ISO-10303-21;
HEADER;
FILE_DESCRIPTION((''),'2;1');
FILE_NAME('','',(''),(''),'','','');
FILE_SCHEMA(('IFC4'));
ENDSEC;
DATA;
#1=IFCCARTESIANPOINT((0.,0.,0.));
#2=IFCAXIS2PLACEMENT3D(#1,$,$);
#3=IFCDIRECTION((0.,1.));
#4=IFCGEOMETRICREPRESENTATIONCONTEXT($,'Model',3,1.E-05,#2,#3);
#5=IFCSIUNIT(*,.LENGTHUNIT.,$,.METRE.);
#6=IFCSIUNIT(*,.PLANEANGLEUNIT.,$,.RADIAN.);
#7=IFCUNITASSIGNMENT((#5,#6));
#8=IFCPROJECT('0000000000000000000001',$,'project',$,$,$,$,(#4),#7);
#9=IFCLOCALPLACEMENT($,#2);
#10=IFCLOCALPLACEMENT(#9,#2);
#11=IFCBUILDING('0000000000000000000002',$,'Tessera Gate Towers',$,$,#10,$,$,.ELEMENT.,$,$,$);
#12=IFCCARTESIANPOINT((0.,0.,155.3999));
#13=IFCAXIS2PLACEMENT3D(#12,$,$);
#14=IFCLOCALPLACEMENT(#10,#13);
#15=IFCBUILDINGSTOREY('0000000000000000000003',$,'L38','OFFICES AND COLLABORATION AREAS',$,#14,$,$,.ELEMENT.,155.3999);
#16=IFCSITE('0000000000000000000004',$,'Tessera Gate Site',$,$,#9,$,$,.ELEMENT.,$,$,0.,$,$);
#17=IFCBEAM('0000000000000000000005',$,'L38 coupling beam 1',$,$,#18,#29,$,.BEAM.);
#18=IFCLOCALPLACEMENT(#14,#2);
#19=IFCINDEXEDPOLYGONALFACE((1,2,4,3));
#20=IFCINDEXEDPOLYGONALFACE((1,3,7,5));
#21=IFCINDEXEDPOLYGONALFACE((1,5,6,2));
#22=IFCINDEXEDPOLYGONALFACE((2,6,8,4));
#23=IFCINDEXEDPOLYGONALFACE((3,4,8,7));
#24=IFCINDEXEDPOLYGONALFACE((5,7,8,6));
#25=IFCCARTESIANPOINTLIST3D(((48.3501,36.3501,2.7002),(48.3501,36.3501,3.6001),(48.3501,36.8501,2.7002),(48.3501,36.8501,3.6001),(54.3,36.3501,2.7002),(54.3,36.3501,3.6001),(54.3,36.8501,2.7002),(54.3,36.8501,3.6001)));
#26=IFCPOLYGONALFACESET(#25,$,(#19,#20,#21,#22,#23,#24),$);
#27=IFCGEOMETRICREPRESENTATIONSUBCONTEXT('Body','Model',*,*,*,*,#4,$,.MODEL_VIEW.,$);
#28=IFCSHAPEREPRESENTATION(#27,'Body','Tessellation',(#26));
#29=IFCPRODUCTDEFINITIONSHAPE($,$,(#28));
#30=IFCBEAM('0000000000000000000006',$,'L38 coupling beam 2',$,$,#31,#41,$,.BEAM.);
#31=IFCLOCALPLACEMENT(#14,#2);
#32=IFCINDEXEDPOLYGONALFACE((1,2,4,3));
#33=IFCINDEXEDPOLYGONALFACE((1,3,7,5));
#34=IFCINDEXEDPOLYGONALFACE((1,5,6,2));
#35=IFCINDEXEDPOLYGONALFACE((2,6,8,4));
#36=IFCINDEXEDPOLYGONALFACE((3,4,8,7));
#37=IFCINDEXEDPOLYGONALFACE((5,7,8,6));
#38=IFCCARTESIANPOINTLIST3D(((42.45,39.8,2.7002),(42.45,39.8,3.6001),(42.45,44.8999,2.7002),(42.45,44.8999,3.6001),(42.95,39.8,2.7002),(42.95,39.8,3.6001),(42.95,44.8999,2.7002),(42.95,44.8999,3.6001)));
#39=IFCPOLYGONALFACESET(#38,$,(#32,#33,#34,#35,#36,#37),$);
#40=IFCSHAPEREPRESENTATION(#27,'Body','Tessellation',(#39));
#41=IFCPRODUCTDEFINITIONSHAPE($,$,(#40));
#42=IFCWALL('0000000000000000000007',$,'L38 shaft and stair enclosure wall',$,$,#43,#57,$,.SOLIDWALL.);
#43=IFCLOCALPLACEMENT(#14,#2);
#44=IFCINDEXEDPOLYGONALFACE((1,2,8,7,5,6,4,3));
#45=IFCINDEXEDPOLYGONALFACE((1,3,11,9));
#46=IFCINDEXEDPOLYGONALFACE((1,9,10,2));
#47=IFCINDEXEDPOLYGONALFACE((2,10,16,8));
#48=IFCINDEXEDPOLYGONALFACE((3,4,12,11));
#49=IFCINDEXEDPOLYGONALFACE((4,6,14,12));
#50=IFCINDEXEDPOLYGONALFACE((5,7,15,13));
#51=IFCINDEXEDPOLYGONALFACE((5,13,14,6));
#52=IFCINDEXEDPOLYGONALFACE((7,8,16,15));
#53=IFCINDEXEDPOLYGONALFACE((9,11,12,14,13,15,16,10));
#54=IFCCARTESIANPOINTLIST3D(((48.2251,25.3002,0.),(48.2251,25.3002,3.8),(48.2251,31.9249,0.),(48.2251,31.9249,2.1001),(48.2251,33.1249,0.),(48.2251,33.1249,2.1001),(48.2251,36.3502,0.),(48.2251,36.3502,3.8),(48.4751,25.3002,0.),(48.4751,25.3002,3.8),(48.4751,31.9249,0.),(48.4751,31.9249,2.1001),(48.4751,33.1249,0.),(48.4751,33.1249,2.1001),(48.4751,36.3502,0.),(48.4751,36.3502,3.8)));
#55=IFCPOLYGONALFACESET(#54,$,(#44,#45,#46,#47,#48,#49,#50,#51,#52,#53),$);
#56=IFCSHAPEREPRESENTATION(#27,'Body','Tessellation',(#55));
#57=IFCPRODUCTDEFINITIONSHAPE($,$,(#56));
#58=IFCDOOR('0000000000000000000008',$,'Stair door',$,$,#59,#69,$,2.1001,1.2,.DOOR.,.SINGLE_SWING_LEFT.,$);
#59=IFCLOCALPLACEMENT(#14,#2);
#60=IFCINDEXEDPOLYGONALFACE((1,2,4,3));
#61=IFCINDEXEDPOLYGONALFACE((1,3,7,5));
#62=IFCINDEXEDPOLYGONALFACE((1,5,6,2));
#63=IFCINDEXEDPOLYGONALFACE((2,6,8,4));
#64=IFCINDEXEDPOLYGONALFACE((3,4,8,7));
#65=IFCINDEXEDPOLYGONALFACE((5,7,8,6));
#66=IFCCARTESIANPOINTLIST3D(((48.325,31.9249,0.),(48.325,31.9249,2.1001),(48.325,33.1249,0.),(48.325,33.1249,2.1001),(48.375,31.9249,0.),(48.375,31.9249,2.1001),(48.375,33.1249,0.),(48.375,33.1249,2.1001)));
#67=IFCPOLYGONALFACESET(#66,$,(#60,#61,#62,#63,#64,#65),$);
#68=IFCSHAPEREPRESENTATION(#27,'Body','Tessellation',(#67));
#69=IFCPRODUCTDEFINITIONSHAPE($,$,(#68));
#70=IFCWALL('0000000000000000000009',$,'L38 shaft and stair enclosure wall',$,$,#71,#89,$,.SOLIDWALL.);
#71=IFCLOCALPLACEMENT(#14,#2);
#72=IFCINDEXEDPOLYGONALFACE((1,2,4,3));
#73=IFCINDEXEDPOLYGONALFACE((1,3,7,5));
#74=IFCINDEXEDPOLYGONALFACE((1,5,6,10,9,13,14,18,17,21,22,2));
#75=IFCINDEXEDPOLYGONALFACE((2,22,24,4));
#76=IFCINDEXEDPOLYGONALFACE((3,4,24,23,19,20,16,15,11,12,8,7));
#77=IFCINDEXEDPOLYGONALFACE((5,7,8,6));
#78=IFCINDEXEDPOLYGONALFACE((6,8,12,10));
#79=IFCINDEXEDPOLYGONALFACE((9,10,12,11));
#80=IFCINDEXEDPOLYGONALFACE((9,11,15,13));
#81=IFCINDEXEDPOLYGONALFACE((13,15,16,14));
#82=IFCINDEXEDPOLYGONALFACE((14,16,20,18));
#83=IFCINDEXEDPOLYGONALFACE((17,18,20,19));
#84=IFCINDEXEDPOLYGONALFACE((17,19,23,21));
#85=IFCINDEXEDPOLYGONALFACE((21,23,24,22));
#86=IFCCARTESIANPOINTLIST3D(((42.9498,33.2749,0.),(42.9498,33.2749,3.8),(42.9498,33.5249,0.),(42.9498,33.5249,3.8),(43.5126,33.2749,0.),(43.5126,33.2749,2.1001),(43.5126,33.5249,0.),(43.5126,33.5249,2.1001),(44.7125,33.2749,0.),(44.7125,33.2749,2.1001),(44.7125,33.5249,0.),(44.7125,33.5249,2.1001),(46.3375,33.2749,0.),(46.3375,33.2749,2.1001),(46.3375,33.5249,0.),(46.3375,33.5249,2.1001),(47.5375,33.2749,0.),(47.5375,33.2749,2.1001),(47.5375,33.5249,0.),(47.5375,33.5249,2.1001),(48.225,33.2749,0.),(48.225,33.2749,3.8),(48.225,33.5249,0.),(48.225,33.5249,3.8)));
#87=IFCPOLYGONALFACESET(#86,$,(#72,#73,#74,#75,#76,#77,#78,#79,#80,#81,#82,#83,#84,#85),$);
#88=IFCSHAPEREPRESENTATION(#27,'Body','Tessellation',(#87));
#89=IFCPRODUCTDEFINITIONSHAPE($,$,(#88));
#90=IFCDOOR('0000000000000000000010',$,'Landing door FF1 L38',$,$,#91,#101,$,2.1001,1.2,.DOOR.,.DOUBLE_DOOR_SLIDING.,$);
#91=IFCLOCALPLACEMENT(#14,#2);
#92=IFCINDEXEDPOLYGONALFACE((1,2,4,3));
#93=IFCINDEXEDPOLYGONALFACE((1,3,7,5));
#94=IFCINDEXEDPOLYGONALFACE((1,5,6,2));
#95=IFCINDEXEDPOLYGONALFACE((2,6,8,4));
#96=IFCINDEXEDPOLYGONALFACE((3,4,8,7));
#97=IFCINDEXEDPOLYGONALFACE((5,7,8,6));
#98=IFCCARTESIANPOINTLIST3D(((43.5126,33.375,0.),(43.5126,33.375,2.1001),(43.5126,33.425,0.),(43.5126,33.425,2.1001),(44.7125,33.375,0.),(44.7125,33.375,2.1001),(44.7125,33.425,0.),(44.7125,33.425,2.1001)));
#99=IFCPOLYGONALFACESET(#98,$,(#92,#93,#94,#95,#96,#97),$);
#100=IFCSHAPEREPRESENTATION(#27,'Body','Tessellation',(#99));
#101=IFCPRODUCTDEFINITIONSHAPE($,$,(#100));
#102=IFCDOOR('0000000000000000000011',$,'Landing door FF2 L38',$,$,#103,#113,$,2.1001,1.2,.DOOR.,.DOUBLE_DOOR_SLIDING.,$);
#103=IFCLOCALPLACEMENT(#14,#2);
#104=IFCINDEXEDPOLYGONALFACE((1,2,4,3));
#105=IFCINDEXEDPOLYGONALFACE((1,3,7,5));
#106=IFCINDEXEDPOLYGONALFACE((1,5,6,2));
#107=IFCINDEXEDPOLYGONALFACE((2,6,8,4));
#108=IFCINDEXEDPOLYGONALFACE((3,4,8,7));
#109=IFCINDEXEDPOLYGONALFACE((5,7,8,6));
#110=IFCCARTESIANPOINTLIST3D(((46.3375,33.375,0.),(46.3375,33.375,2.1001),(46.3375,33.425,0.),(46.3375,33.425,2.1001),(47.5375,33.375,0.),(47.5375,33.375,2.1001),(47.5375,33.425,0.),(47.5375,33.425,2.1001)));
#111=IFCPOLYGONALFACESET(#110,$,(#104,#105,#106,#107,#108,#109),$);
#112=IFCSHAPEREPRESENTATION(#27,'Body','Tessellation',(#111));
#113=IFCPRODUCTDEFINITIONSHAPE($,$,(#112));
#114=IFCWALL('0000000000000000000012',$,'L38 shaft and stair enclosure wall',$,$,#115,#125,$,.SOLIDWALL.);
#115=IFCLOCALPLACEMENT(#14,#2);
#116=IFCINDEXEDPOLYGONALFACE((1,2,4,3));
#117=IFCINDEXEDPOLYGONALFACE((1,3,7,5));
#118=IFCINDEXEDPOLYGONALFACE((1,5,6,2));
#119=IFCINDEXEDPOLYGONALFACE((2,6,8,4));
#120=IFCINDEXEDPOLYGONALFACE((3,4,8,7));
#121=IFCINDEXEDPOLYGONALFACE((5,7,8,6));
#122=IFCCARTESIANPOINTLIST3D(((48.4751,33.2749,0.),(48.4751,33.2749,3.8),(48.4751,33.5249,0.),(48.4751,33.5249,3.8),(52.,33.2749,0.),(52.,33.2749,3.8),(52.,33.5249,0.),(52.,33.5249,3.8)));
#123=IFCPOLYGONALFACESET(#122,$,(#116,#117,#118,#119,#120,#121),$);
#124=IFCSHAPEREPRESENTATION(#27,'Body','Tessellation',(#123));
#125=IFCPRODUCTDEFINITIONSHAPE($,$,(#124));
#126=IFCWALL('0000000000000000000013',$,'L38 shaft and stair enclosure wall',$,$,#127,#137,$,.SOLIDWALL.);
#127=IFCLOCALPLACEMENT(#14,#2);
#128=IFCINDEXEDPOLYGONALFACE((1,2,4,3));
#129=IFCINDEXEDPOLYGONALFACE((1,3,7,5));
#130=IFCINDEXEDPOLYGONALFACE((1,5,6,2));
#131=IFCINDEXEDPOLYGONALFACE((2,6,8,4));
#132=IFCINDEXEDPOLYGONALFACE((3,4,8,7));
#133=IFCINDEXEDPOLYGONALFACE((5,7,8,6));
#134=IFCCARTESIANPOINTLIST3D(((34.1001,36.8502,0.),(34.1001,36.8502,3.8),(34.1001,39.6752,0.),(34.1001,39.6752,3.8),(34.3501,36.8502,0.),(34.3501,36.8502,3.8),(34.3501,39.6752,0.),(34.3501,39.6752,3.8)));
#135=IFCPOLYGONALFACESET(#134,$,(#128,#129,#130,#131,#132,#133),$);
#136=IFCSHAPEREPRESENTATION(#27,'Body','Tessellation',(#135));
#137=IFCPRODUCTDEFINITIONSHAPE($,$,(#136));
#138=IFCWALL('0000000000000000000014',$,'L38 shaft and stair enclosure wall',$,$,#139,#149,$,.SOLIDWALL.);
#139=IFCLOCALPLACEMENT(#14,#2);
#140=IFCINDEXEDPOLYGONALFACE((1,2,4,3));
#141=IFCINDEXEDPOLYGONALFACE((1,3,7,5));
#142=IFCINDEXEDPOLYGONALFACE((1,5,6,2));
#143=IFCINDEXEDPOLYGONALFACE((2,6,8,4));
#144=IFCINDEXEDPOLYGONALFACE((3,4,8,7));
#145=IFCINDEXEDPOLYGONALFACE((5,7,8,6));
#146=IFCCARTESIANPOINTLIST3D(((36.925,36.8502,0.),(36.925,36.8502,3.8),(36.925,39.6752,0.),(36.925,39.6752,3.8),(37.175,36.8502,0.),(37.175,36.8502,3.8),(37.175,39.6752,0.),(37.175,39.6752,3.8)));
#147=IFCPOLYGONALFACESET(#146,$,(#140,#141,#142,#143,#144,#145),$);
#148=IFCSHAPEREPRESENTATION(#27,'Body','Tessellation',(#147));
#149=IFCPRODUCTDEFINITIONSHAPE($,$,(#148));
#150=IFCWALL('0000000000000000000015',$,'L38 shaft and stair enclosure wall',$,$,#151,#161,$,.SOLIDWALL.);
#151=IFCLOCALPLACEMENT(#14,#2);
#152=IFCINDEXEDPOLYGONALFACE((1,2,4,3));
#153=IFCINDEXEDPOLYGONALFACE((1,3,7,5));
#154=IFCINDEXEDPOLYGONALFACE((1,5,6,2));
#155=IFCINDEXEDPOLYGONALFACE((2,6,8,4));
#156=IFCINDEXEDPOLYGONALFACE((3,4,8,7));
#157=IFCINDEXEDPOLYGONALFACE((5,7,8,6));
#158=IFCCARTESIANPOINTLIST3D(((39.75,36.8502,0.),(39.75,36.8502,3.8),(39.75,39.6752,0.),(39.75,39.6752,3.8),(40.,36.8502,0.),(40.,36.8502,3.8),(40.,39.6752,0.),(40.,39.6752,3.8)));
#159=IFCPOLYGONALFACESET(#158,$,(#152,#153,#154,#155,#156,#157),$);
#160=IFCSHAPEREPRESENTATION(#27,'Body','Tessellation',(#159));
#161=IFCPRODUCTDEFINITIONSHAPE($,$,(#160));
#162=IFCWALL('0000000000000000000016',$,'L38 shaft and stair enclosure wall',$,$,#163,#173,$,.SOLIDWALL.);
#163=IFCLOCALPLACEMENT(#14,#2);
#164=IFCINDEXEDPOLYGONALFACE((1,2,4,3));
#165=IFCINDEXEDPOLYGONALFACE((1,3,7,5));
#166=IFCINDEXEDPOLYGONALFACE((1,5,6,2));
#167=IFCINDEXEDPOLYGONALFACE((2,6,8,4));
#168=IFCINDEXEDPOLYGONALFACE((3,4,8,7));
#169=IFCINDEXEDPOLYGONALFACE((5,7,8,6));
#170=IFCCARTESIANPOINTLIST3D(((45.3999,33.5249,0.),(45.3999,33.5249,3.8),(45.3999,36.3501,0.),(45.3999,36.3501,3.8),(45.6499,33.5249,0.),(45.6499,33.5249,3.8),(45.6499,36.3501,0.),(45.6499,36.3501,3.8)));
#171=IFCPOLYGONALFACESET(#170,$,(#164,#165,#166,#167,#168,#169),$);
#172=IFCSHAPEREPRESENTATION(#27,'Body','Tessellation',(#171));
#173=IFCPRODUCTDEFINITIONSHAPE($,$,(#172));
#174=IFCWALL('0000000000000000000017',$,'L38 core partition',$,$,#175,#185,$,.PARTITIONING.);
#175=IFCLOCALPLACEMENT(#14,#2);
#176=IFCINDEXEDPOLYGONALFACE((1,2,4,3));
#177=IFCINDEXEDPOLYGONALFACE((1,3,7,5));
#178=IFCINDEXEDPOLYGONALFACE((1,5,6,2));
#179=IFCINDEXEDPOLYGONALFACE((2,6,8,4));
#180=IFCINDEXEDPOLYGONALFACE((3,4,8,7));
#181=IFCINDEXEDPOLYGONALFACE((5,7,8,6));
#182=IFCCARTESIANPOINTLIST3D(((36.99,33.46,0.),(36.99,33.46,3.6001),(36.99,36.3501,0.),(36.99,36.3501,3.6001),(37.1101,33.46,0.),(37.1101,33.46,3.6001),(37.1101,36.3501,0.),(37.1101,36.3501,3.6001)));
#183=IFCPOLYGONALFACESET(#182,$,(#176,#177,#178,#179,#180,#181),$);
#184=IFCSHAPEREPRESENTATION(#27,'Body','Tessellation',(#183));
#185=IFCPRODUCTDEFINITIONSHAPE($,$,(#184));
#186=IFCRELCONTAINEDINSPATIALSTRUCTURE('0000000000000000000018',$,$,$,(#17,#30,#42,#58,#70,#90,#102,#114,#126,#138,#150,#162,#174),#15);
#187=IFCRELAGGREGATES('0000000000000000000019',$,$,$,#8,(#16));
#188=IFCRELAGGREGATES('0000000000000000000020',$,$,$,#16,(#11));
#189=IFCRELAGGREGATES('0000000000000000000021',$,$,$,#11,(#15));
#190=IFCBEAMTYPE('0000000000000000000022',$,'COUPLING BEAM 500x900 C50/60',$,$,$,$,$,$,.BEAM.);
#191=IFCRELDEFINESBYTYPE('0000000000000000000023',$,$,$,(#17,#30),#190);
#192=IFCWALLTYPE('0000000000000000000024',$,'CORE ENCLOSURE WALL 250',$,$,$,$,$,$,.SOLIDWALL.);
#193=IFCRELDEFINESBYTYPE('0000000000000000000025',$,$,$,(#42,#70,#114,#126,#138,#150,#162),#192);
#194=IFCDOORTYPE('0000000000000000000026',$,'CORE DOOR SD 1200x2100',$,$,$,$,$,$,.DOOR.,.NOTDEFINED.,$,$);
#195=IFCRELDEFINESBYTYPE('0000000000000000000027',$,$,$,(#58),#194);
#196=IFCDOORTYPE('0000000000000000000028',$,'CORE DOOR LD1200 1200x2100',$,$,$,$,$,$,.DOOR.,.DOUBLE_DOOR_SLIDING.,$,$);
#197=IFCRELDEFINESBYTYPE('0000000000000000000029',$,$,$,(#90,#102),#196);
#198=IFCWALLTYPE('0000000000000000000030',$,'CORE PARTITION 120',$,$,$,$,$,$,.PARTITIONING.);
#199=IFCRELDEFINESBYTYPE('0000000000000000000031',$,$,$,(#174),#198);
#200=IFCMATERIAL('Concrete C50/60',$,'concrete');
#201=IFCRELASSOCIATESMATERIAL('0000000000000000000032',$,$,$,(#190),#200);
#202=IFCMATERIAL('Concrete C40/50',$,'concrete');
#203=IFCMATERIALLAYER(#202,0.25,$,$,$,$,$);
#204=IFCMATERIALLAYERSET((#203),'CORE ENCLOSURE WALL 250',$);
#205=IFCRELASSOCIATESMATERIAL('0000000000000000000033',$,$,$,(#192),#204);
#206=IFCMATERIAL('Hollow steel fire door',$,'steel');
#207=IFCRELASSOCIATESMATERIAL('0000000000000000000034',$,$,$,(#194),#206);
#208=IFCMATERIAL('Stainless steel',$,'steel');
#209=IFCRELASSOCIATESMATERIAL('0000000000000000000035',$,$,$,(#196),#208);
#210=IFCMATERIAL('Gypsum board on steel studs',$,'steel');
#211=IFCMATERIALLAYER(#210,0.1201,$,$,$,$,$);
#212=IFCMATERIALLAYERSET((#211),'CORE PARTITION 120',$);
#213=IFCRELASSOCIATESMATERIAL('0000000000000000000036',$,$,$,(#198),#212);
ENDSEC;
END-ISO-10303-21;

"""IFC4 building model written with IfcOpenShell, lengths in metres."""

from ifc_helpers import new_model, si_unit, direction, frame, frame_2d, origin, origin_2d, place, context, subcontext, project, spatial, rectangle, extrude, source, transform, mapped, material, layer, layer_set, material_profile, profile_set, type_object, element, fill, save


model = new_model("IFC4")

# Units and contexts
model_context = context("Model", 3, precision=1e-05, world=origin(), true_north=direction((0.0, 1.0)))
body_context = subcontext(model_context, "Body", "Model", "MODEL_VIEW")
ifc_project = project(units=[si_unit("LENGTHUNIT", "METRE"), si_unit("PLANEANGLEUNIT", "RADIAN")], contexts=[model_context])

# Site, building, storey
site_placement = place(None, origin())
site = spatial("IfcSite", under=ifc_project, at=site_placement, Name="Tessera Gate Site", CompositionType="ELEMENT", RefElevation=0.0)
building_placement = place(site_placement, origin())
building = spatial("IfcBuilding", under=site, at=building_placement, Name="Tessera Gate Towers", CompositionType="ELEMENT")
storey_placement = place(building_placement, frame((0.0, 0.0, 155.3999)))
storey = spatial("IfcBuildingStorey", under=building, at=storey_placement, Name="L38", Description="OFFICES AND COLLABORATION AREAS", CompositionType="ELEMENT", Elevation=155.3999)

# Beams
ifc_material_1 = material(Name="Concrete C50/60", Category="concrete")
ifc_material_profile = material_profile(ifc_material_1, rectangle(XDim=0.5, YDim=0.8999, at=origin_2d()), Name="RC 500x900")
ifc_profile_set = profile_set([ifc_material_profile], Name="Concrete C50/60")
beam_type = type_object("IfcBeamType", Name="COUPLING BEAM 500x900 C50/60", PredefinedType="BEAM", material=ifc_profile_set)
beam_1_placement = place(storey_placement, frame((48.3501, 36.6001, 3.1501), z_axis=(1.0, 0.0, 0.0), x_axis=(0.0, 1.0, 0.0)))
element("IfcBeam", 1, at=beam_1_placement, inside=storey, type_object=beam_type, Name="L38 coupling beam 1", PredefinedType="BEAM", context=body_context, shape_type="SweptSolid", body=[
    extrude(rectangle(XDim=0.5, YDim=0.8999, at=origin_2d()), origin(), (0.0, 0.0, 1.0), 5.95),
])
beam_2_placement = place(storey_placement, frame((42.7, 39.8, 3.1501), z_axis=(0.0, 1.0, 0.0), x_axis=(-1.0, 0.0, 0.0)))
element("IfcBeam", 2, at=beam_2_placement, inside=storey, type_object=beam_type, Name="L38 coupling beam 2", PredefinedType="BEAM", context=body_context, shape_type="SweptSolid", body=[
    extrude(rectangle(XDim=0.5, YDim=0.8999, at=origin_2d()), origin(), (0.0, 0.0, 1.0), 5.0999),
])

# Wall, opening, door
ifc_material_2 = material(Name="Concrete C40/50", Category="concrete")
ifc_layer_1 = layer(ifc_material_2, 0.25)
ifc_layer_set_1 = layer_set([ifc_layer_1], Name="CORE ENCLOSURE WALL 250")
wall_type_1 = type_object("IfcWallType", Name="CORE ENCLOSURE WALL 250", PredefinedType="SOLIDWALL", material=ifc_layer_set_1)
wall_1_placement = place(storey_placement, frame((48.3501, 36.3501, 0.0), z_axis=(0.0, 0.0, 1.0), x_axis=(0.0, -1.0, 0.0)))
wall_1 = element("IfcWall", 3, at=wall_1_placement, inside=storey, type_object=wall_type_1, Name="L38 shaft and stair enclosure wall", PredefinedType="SOLIDWALL", context=body_context, shape_type="SweptSolid", body=[
    extrude(rectangle(XDim=11.05, YDim=0.25, at=frame_2d((5.5249, 0.0))), origin(), (0.0, 0.0, 1.0), 3.8),
])
shared_shape_1 = source(origin(), body_context, "Body", "SweptSolid", [
    extrude(rectangle(XDim=1.2, YDim=2.1001, at=frame_2d((0.6001, 1.05))), frame((0.0, 0.135, 0.0), z_axis=(0.0, -1.0, 0.0), x_axis=(1.0, 0.0, 0.0)), (0.0, 0.0, 1.0), 0.27),
])
opening_1_placement = place(wall_1_placement, frame((3.2251, 0.0, 0.0)))
opening_1 = element("IfcOpeningElement", 4, at=opening_1_placement, cuts=wall_1, PredefinedType="OPENING", context=body_context, shape_type="MappedRepresentation", body=[
    mapped(shared_shape_1, transform((0.0, 0.0, 0.0), scale=1.0)),
])
ifc_material_3 = material(Name="Hollow steel fire door", Category="steel")
door_type_1 = type_object("IfcDoorType", Name="CORE DOOR SD 1200x2100", OperationType="NOTDEFINED", PredefinedType="DOOR", material=ifc_material_3)
shared_shape_2 = source(origin(), body_context, "Body", "SweptSolid", [
    extrude(rectangle(XDim=1.2, YDim=2.1001, at=frame_2d((0.6001, 1.05))), frame((0.0, 0.0249, 0.0), z_axis=(0.0, -1.0, 0.0), x_axis=(1.0, 0.0, 0.0)), (0.0, 0.0, 1.0), 0.05),
])
door_1_placement = place(opening_1_placement, origin())
door_1 = element("IfcDoor", 5, at=door_1_placement, inside=storey, type_object=door_type_1, Name="Stair door", OperationType="SINGLE_SWING_LEFT", OverallHeight=2.1001, OverallWidth=1.2, PredefinedType="DOOR", context=body_context, shape_type="MappedRepresentation", body=[
    mapped(shared_shape_2, transform((0.0, 0.0, 0.0), scale=1.0)),
])
fill(opening_1, door_1)

# Wall, openings, doors
wall_2_placement = place(storey_placement, frame((48.2251, 33.3999, 0.0), z_axis=(0.0, 0.0, 1.0), x_axis=(-1.0, 0.0, 0.0)))
wall_2 = element("IfcWall", 6, at=wall_2_placement, inside=storey, type_object=wall_type_1, Name="L38 shaft and stair enclosure wall", PredefinedType="SOLIDWALL", context=body_context, shape_type="SweptSolid", body=[
    extrude(rectangle(XDim=5.2751, YDim=0.25, at=frame_2d((2.6377, 0.0))), origin(), (0.0, 0.0, 1.0), 3.8),
])
opening_2_placement = place(wall_2_placement, frame((3.5125, 0.0, 0.0)))
opening_2 = element("IfcOpeningElement", 7, at=opening_2_placement, cuts=wall_2, PredefinedType="OPENING", context=body_context, shape_type="MappedRepresentation", body=[
    mapped(shared_shape_1, transform((0.0, 0.0, 0.0), scale=1.0)),
])
opening_3_placement = place(wall_2_placement, frame((0.6875, 0.0, 0.0)))
opening_3 = element("IfcOpeningElement", 8, at=opening_3_placement, cuts=wall_2, PredefinedType="OPENING", context=body_context, shape_type="MappedRepresentation", body=[
    mapped(shared_shape_1, transform((0.0, 0.0, 0.0), scale=1.0)),
])
ifc_material_4 = material(Name="Stainless steel", Category="steel")
door_type_2 = type_object("IfcDoorType", Name="CORE DOOR LD1200 1200x2100", OperationType="DOUBLE_DOOR_SLIDING", PredefinedType="DOOR", material=ifc_material_4)
door_2_placement = place(opening_2_placement, origin())
door_2 = element("IfcDoor", 9, at=door_2_placement, inside=storey, type_object=door_type_2, Name="Landing door FF1 L38", OperationType="DOUBLE_DOOR_SLIDING", OverallHeight=2.1001, OverallWidth=1.2, PredefinedType="DOOR", context=body_context, shape_type="MappedRepresentation", body=[
    mapped(shared_shape_2, transform((0.0, 0.0, 0.0), scale=1.0)),
])
fill(opening_2, door_2)
door_3_placement = place(opening_3_placement, origin())
door_3 = element("IfcDoor", 10, at=door_3_placement, inside=storey, type_object=door_type_2, Name="Landing door FF2 L38", OperationType="DOUBLE_DOOR_SLIDING", OverallHeight=2.1001, OverallWidth=1.2, PredefinedType="DOOR", context=body_context, shape_type="MappedRepresentation", body=[
    mapped(shared_shape_2, transform((0.0, 0.0, 0.0), scale=1.0)),
])
fill(opening_3, door_3)

# Walls
wall_3_placement = place(storey_placement, frame((48.4751, 33.3999, 0.0), z_axis=(0.0, 0.0, 1.0), x_axis=(1.0, 0.0, 0.0)))
element("IfcWall", 11, at=wall_3_placement, inside=storey, type_object=wall_type_1, Name="L38 shaft and stair enclosure wall", PredefinedType="SOLIDWALL", context=body_context, shape_type="SweptSolid", body=[
    extrude(rectangle(XDim=3.5249, YDim=0.25, at=frame_2d((1.7625, 0.0))), origin(), (0.0, 0.0, 1.0), 3.8),
])
for number, where, z_axis, x_axis, name in (
    (12, (34.2251, 36.8501, 0.0), (0.0, 0.0, 1.0), (0.0, 1.0, 0.0), "L38 shaft and stair enclosure wall"),
    (13, (37.05, 36.8501, 0.0), (0.0, 0.0, 1.0), (0.0, 1.0, 0.0), "L38 shaft and stair enclosure wall"),
    (14, (39.875, 36.8501, 0.0), (0.0, 0.0, 1.0), (0.0, 1.0, 0.0), "L38 shaft and stair enclosure wall"),
):
    element("IfcWall", number, at=place(storey_placement, frame(where, z_axis=z_axis, x_axis=x_axis)), inside=storey, type_object=wall_type_1, Name=name, PredefinedType="SOLIDWALL", context=body_context, shape_type="SweptSolid", body=[
        extrude(rectangle(XDim=2.825, YDim=0.25, at=frame_2d((1.4126, 0.0))), origin(), (0.0, 0.0, 1.0), 3.8),
    ])
wall_4_placement = place(storey_placement, frame((45.5249, 33.5249, 0.0), z_axis=(0.0, 0.0, 1.0), x_axis=(0.0, 1.0, 0.0)))
element("IfcWall", 15, at=wall_4_placement, inside=storey, type_object=wall_type_1, Name="L38 shaft and stair enclosure wall", PredefinedType="SOLIDWALL", context=body_context, shape_type="SweptSolid", body=[
    extrude(rectangle(XDim=2.8252, YDim=0.25, at=frame_2d((1.4126, 0.0))), origin(), (0.0, 0.0, 1.0), 3.8),
])
ifc_material_5 = material(Name="Gypsum board on steel studs", Category="steel")
ifc_layer_2 = layer(ifc_material_5, 0.1201)
ifc_layer_set_2 = layer_set([ifc_layer_2], Name="CORE PARTITION 120")
wall_type_2 = type_object("IfcWallType", Name="CORE PARTITION 120", PredefinedType="PARTITIONING", material=ifc_layer_set_2)
wall_5_placement = place(storey_placement, frame((37.05, 33.46, 0.0), z_axis=(0.0, 0.0, 1.0), x_axis=(0.0, 1.0, 0.0)))
element("IfcWall", 16, at=wall_5_placement, inside=storey, type_object=wall_type_2, Name="L38 core partition", PredefinedType="PARTITIONING", context=body_context, shape_type="SweptSolid", body=[
    extrude(rectangle(XDim=2.8901, YDim=0.1201, at=frame_2d((1.4451, 0.0))), origin(), (0.0, 0.0, 1.0), 3.6001),
])

save(model, "model.ifc")
